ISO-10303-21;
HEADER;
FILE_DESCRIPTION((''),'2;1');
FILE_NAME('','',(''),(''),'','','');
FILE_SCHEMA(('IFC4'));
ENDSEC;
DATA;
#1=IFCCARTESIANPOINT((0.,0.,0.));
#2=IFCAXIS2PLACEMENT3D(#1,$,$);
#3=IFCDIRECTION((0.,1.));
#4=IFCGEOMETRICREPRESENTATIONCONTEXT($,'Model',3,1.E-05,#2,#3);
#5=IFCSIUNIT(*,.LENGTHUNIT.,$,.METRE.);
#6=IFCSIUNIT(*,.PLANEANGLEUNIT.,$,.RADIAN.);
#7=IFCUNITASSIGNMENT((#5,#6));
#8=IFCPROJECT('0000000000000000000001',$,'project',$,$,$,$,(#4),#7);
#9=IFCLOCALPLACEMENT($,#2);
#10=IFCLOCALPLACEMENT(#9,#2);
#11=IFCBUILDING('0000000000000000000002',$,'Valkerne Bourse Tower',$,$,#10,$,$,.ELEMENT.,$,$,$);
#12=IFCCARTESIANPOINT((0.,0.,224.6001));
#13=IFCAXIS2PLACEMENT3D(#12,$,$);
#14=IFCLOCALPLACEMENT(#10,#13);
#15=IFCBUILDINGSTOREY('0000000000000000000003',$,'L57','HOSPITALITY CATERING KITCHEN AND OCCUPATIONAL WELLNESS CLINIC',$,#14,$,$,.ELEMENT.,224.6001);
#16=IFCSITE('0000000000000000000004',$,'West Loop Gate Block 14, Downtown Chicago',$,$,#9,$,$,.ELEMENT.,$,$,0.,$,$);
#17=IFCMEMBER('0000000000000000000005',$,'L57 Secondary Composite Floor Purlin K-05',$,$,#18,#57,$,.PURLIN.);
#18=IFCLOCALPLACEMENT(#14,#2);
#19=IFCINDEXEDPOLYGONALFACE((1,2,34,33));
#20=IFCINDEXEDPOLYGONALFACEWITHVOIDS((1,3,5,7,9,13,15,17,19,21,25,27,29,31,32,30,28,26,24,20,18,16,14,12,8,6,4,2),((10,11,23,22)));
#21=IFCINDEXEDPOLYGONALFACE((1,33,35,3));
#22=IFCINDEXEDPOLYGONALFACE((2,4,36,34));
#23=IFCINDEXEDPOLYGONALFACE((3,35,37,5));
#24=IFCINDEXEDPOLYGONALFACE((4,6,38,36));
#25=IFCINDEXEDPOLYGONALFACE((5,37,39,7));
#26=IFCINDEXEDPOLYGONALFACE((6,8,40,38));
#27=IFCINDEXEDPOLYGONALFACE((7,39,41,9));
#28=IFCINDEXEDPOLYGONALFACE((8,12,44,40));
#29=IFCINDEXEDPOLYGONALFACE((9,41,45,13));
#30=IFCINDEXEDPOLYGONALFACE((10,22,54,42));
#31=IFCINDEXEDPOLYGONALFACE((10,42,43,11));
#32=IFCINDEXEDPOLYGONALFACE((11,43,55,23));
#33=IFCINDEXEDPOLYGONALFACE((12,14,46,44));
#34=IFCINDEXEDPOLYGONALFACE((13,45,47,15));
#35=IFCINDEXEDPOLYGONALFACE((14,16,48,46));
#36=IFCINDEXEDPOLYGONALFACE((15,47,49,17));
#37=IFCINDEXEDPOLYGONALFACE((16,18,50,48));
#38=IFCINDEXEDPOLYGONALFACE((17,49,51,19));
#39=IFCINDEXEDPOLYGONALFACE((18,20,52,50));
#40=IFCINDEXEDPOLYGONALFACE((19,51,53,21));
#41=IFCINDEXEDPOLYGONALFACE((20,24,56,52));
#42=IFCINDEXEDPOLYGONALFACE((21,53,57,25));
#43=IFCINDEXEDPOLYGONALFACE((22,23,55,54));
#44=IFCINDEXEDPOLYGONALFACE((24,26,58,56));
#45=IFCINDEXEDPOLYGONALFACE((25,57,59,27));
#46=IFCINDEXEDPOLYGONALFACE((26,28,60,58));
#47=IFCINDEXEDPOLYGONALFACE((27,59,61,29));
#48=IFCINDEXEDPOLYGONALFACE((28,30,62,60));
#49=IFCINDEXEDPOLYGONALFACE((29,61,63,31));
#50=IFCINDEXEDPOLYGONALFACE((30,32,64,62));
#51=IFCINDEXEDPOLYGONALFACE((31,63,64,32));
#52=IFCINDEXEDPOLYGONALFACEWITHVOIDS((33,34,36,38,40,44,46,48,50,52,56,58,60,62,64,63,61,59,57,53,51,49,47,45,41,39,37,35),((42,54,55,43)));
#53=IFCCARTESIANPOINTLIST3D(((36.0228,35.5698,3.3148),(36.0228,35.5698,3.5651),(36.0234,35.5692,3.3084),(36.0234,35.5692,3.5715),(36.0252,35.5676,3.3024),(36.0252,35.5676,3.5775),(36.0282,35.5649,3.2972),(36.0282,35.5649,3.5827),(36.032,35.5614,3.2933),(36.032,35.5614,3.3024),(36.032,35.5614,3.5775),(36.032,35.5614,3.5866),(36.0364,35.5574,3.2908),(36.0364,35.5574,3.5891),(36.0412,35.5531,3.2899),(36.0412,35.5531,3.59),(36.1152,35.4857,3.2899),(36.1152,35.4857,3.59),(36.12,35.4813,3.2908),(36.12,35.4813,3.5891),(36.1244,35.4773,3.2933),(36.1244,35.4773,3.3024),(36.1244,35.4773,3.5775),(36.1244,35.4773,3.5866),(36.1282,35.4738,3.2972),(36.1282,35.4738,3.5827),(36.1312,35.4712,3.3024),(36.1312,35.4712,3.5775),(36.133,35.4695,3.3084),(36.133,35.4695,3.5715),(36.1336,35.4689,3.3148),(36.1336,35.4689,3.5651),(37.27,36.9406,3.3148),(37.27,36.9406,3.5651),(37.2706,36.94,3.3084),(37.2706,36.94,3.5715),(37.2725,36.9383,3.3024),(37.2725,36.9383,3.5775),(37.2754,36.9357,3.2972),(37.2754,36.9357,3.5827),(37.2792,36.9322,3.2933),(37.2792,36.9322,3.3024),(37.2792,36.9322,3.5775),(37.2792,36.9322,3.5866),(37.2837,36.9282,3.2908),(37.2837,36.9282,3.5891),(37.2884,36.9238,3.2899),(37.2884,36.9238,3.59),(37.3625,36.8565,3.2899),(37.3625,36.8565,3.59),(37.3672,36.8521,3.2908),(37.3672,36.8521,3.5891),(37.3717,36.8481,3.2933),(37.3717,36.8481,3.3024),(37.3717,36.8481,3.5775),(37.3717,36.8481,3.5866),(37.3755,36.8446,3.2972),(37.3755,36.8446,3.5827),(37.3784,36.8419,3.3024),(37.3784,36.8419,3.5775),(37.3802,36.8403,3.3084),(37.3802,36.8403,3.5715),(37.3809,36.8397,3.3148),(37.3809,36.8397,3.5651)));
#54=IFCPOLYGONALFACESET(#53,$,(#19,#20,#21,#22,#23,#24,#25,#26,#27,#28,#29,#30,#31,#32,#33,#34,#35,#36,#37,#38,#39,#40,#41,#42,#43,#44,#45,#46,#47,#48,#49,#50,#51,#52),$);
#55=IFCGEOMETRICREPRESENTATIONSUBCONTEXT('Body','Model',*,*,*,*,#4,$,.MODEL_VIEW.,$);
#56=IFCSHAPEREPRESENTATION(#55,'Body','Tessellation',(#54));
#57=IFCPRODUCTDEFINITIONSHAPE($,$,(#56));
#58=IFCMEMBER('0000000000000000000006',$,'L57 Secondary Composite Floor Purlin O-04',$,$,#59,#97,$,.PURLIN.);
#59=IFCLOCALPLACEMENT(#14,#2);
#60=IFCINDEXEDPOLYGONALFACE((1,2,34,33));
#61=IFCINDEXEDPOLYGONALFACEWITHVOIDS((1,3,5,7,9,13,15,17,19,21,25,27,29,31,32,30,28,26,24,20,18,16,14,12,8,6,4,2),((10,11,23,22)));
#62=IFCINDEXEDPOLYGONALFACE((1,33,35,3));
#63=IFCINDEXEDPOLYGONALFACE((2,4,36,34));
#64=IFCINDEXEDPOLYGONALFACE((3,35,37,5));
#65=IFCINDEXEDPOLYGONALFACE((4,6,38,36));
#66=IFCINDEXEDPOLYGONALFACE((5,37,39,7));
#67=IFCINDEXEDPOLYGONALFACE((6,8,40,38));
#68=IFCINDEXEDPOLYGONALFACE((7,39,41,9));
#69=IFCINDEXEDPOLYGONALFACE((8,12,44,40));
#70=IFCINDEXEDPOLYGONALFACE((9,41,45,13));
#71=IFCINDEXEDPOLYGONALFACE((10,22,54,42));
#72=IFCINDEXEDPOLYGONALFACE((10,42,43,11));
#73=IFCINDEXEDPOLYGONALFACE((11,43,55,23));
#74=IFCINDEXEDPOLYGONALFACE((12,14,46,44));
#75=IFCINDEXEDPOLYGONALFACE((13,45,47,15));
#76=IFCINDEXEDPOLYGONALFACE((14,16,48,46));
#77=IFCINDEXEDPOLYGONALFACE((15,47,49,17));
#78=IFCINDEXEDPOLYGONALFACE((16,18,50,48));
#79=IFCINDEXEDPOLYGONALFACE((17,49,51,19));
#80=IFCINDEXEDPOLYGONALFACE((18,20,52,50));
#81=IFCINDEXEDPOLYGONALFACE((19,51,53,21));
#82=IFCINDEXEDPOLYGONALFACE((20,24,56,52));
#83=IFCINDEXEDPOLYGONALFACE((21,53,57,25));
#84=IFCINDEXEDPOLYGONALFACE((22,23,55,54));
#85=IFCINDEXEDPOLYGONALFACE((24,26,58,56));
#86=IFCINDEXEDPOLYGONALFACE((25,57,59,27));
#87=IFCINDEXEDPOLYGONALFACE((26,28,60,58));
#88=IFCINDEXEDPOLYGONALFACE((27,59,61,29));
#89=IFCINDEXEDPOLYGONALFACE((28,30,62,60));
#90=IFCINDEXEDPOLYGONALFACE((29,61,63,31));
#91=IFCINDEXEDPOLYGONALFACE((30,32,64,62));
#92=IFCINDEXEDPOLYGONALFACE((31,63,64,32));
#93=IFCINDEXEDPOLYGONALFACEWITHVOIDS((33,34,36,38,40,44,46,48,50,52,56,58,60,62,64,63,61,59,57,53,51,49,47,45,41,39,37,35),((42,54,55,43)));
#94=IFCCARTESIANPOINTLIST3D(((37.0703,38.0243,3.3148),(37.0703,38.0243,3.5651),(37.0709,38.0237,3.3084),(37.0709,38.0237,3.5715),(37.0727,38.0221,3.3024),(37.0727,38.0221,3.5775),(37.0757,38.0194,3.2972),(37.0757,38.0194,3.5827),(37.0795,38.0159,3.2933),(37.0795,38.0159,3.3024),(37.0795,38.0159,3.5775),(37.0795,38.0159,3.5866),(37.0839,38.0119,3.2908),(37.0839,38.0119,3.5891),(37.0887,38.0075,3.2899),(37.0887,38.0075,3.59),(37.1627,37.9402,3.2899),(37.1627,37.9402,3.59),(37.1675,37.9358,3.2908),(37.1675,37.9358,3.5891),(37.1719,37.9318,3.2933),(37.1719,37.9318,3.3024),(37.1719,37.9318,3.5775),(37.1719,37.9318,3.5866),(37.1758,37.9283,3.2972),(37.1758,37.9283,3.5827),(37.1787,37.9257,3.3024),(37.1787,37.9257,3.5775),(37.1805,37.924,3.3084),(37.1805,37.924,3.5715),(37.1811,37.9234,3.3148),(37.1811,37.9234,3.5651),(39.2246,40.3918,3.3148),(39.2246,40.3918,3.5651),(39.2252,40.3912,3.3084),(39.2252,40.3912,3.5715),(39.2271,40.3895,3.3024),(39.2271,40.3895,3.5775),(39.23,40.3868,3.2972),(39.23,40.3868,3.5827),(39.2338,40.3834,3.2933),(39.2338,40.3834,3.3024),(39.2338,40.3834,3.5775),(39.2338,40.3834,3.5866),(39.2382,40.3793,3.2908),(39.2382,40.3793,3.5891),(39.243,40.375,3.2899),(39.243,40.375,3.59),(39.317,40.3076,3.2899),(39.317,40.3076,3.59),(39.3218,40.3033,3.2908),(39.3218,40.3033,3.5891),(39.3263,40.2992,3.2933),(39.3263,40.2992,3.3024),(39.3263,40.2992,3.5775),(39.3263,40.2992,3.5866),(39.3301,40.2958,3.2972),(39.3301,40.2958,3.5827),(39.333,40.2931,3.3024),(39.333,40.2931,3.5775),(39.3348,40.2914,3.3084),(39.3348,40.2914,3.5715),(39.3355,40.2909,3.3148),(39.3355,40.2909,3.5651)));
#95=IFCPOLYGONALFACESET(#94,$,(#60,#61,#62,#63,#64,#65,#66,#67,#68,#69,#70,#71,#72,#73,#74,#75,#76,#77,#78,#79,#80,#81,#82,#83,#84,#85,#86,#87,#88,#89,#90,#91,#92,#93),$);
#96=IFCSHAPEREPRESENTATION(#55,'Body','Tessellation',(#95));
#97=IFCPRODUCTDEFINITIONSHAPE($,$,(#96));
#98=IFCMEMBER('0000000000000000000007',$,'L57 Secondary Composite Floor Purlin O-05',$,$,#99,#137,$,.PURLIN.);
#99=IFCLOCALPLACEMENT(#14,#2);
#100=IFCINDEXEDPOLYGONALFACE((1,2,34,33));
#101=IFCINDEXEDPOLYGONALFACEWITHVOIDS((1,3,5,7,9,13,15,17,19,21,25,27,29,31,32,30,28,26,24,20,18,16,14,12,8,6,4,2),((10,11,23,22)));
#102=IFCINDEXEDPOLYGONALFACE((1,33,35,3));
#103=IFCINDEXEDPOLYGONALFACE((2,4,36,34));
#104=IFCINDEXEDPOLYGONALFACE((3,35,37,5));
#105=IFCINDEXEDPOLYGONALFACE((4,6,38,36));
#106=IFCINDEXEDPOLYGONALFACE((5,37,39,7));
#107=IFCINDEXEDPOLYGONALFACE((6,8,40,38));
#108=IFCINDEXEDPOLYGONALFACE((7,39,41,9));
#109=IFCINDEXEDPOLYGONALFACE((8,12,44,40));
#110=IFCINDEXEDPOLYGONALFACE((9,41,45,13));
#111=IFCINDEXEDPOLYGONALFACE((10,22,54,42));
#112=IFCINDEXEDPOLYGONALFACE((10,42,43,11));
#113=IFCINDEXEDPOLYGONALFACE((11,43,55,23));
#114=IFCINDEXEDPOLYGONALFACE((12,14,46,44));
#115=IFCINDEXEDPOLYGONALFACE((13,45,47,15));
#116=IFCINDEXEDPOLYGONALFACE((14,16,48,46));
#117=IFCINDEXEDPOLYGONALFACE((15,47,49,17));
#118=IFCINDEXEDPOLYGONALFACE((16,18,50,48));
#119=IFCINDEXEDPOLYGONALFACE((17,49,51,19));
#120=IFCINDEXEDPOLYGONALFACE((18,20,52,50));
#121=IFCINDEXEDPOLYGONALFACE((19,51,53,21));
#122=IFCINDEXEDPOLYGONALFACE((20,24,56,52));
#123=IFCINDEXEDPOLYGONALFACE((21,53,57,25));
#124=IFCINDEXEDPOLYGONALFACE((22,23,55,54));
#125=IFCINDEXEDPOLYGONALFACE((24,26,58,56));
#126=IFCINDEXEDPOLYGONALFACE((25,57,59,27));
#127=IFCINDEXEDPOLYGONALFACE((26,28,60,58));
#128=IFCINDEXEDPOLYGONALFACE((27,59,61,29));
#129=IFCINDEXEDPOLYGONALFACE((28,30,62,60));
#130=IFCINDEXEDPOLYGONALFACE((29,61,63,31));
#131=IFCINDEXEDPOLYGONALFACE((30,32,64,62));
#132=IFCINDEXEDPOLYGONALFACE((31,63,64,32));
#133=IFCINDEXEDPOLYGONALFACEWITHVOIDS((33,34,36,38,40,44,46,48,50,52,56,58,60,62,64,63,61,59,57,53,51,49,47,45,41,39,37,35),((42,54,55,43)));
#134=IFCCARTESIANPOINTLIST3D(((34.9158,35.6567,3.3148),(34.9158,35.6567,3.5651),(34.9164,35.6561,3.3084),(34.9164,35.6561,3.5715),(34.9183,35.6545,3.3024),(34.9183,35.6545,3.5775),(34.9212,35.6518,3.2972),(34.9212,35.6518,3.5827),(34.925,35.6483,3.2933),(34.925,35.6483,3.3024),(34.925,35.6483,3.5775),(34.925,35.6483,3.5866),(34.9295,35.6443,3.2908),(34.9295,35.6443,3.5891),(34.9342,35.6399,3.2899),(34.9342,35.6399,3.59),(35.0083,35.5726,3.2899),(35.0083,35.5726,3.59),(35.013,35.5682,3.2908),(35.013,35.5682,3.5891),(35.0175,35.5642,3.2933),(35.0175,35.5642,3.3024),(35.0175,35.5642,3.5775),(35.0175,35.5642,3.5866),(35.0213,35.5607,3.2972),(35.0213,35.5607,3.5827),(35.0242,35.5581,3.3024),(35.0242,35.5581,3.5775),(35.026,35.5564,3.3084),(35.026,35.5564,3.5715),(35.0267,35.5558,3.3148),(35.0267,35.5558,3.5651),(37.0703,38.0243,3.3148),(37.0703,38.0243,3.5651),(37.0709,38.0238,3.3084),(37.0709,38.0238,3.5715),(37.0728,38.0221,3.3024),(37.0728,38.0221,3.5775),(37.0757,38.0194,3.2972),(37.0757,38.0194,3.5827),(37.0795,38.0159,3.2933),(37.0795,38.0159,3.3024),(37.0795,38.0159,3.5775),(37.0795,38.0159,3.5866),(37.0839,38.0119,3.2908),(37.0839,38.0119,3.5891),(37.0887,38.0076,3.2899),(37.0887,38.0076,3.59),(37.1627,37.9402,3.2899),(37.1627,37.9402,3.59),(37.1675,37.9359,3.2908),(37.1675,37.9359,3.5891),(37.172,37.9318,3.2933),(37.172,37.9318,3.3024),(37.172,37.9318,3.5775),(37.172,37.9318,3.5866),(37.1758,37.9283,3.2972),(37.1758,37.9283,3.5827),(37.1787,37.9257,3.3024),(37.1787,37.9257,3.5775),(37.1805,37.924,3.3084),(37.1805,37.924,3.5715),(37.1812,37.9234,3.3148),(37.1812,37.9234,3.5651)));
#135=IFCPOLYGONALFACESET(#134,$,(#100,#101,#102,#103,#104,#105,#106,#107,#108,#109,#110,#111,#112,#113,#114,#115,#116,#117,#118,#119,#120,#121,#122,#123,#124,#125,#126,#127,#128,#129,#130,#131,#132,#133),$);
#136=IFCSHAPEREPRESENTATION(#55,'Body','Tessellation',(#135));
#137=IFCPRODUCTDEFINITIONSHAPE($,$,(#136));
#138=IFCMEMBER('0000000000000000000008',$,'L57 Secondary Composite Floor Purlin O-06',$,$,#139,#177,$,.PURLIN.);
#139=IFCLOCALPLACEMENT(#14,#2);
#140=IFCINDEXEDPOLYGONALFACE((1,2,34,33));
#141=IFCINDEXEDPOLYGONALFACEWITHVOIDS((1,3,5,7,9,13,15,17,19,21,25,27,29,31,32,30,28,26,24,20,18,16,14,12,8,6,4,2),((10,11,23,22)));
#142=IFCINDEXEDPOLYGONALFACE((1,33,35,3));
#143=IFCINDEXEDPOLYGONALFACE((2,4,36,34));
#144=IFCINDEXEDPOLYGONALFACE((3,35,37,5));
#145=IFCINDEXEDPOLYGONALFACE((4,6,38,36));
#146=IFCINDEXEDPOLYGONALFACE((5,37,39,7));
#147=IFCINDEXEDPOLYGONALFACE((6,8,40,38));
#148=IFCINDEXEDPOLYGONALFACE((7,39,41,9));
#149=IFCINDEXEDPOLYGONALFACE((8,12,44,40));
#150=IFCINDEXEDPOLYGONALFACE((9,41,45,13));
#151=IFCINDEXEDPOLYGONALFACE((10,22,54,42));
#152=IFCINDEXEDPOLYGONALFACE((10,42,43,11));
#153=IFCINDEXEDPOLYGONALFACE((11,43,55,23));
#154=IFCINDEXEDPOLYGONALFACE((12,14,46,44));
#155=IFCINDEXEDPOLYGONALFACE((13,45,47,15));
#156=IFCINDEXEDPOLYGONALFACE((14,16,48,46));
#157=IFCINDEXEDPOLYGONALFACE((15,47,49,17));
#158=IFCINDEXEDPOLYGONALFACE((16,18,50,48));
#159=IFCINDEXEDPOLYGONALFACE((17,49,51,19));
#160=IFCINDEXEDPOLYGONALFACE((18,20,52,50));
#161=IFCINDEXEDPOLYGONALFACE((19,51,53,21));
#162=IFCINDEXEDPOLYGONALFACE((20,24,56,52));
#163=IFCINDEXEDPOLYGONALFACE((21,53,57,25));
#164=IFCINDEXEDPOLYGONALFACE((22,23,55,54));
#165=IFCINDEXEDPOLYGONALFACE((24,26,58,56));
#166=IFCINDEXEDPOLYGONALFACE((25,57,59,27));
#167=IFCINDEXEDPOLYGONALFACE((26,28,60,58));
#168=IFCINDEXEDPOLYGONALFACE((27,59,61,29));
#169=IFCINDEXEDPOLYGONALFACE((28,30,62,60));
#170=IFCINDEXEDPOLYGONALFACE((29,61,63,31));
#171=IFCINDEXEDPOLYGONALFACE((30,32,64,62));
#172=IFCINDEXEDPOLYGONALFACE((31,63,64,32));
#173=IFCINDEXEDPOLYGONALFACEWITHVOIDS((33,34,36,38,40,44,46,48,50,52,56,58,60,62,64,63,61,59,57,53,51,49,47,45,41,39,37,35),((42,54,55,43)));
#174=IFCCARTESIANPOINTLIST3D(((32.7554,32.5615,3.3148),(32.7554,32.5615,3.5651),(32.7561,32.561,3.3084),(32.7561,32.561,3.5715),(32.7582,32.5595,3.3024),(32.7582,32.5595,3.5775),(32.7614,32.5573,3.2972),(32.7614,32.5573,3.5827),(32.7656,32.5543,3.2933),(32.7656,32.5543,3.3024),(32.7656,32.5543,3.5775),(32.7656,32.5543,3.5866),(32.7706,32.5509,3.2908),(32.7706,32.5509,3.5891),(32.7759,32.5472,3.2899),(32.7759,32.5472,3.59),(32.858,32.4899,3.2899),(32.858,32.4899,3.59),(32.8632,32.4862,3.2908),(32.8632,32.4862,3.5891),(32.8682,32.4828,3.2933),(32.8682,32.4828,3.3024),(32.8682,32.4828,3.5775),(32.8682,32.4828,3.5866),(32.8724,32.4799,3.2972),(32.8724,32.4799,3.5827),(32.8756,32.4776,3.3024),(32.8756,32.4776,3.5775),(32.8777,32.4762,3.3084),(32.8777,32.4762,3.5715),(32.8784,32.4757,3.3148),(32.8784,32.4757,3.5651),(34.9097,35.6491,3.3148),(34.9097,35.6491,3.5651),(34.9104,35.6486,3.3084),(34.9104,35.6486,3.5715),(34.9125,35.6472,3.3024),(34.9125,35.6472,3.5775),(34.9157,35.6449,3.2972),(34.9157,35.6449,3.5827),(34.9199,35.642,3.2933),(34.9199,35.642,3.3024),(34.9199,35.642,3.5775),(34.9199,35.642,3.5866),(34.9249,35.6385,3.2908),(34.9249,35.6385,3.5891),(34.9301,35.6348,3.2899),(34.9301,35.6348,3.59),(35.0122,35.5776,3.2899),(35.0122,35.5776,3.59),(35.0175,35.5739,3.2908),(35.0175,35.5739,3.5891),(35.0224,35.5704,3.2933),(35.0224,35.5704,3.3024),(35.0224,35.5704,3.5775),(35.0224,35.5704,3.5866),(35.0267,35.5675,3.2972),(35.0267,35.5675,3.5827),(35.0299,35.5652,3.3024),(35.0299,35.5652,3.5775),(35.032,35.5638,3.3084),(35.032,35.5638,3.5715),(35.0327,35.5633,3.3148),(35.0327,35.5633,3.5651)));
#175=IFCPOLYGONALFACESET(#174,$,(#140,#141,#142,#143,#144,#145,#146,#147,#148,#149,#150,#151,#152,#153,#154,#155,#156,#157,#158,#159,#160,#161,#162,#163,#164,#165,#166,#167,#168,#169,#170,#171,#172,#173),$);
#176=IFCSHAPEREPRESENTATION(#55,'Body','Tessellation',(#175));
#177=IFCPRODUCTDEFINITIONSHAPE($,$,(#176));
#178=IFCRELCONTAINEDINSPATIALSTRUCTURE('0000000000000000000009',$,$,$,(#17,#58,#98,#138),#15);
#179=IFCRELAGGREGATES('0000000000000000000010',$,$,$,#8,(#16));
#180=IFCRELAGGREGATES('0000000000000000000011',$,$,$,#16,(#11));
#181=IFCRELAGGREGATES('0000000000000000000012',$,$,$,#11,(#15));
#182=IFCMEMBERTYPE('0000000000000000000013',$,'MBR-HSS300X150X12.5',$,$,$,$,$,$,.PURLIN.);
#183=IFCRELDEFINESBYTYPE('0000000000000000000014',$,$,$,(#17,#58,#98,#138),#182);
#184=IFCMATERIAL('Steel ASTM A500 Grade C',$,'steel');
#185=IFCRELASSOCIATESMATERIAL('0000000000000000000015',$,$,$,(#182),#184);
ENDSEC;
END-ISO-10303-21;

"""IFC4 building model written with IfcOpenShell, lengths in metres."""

from ifc_helpers import new_model, si_unit, direction, frame, origin, origin_2d, place, context, subcontext, project, spatial, hollow_rectangle, extrude, material, material_profile, profile_set, type_object, element, save


model = new_model("IFC4")

# Units and contexts
model_context = context("Model", 3, precision=1e-05, world=origin(), true_north=direction((0.0, 1.0)))
body_context = subcontext(model_context, "Body", "Model", "MODEL_VIEW")
ifc_project = project(units=[si_unit("LENGTHUNIT", "METRE"), si_unit("PLANEANGLEUNIT", "RADIAN")], contexts=[model_context])

# Site, building, storey
site_placement = place(None, origin())
site = spatial("IfcSite", under=ifc_project, at=site_placement, Name="West Loop Gate Block 14, Downtown Chicago", CompositionType="ELEMENT", RefElevation=0.0)
building_placement = place(site_placement, origin())
building = spatial("IfcBuilding", under=site, at=building_placement, Name="Valkerne Bourse Tower", CompositionType="ELEMENT")
storey_placement = place(building_placement, frame((0.0, 0.0, 224.6001)))
storey = spatial("IfcBuildingStorey", under=building, at=storey_placement, Name="L57", Description="HOSPITALITY CATERING KITCHEN AND OCCUPATIONAL WELLNESS CLINIC", CompositionType="ELEMENT", Elevation=224.6001)

# Members
ifc_material_1 = material(Name="Steel ASTM A500 Grade C", Category="steel")
ifc_material_profile_1 = material_profile(ifc_material_1, hollow_rectangle(XDim=0.1499, YDim=0.3, WallThickness=0.0125, OuterFilletRadius=0.0249, at=origin_2d()), Name="HSS300X150X12.5")
ifc_profile_set_1 = profile_set([ifc_material_profile_1], Name="Steel ASTM A500 Grade C")
member_type_1 = type_object("IfcMemberType", Name="MBR-HSS300X150X12.5", PredefinedType="PURLIN", material=ifc_profile_set_1)
for number, where, z_axis, x_axis, name in (
    (1, (37.3254, 36.8901, 3.4399), (-0.672994, -0.739648, 0.0), (0.739648, -0.672994, 0.0), "L57 Secondary Composite Floor Purlin K-05"),
):
    element("IfcMember", number, at=place(storey_placement, frame(where, z_axis=z_axis, x_axis=x_axis)), inside=storey, type_object=member_type_1, Name=name, PredefinedType="PURLIN", context=body_context, shape_type="SweptSolid", body=[
        extrude(hollow_rectangle(XDim=0.1499, YDim=0.3, WallThickness=0.0125, OuterFilletRadius=0.0249, at=origin_2d()), origin(), (0.0, 0.0, 1.0), 1.8533),
    ])
member_1_placement = place(storey_placement, frame((39.28, 40.3413, 3.4399), z_axis=(-0.67303, -0.739616, 0.0), x_axis=(0.739616, -0.67303, 0.0)))
element("IfcMember", 2, at=member_1_placement, inside=storey, type_object=member_type_1, Name="L57 Secondary Composite Floor Purlin O-04", PredefinedType="PURLIN", context=body_context, shape_type="SweptSolid", body=[
    extrude(hollow_rectangle(XDim=0.1499, YDim=0.3, WallThickness=0.0125, OuterFilletRadius=0.0249, at=origin_2d()), origin(), (0.0, 0.0, 1.0), 3.2009),
])
member_2_placement = place(storey_placement, frame((37.1257, 37.9739, 3.4399), z_axis=(-0.673033, -0.739612, 0.0), x_axis=(0.739612, -0.673033, 0.0)))
element("IfcMember", 3, at=member_2_placement, inside=storey, type_object=member_type_1, Name="L57 Secondary Composite Floor Purlin O-05", PredefinedType="PURLIN", context=body_context, shape_type="SweptSolid", body=[
    extrude(hollow_rectangle(XDim=0.1499, YDim=0.3, WallThickness=0.0125, OuterFilletRadius=0.0249, at=origin_2d()), origin(), (0.0, 0.0, 1.0), 3.2012),
])
member_3_placement = place(storey_placement, frame((34.9712, 35.6062, 3.4399), z_axis=(-0.572204, -0.820111, 0.0), x_axis=(0.820111, -0.572204, 0.0)))
element("IfcMember", 4, at=member_3_placement, inside=storey, type_object=member_type_1, Name="L57 Secondary Composite Floor Purlin O-06", PredefinedType="PURLIN", context=body_context, shape_type="SweptSolid", body=[
    extrude(hollow_rectangle(XDim=0.1499, YDim=0.3, WallThickness=0.0125, OuterFilletRadius=0.0249, at=origin_2d()), origin(), (0.0, 0.0, 1.0), 3.7649),
])

save(model, "model.ifc")
